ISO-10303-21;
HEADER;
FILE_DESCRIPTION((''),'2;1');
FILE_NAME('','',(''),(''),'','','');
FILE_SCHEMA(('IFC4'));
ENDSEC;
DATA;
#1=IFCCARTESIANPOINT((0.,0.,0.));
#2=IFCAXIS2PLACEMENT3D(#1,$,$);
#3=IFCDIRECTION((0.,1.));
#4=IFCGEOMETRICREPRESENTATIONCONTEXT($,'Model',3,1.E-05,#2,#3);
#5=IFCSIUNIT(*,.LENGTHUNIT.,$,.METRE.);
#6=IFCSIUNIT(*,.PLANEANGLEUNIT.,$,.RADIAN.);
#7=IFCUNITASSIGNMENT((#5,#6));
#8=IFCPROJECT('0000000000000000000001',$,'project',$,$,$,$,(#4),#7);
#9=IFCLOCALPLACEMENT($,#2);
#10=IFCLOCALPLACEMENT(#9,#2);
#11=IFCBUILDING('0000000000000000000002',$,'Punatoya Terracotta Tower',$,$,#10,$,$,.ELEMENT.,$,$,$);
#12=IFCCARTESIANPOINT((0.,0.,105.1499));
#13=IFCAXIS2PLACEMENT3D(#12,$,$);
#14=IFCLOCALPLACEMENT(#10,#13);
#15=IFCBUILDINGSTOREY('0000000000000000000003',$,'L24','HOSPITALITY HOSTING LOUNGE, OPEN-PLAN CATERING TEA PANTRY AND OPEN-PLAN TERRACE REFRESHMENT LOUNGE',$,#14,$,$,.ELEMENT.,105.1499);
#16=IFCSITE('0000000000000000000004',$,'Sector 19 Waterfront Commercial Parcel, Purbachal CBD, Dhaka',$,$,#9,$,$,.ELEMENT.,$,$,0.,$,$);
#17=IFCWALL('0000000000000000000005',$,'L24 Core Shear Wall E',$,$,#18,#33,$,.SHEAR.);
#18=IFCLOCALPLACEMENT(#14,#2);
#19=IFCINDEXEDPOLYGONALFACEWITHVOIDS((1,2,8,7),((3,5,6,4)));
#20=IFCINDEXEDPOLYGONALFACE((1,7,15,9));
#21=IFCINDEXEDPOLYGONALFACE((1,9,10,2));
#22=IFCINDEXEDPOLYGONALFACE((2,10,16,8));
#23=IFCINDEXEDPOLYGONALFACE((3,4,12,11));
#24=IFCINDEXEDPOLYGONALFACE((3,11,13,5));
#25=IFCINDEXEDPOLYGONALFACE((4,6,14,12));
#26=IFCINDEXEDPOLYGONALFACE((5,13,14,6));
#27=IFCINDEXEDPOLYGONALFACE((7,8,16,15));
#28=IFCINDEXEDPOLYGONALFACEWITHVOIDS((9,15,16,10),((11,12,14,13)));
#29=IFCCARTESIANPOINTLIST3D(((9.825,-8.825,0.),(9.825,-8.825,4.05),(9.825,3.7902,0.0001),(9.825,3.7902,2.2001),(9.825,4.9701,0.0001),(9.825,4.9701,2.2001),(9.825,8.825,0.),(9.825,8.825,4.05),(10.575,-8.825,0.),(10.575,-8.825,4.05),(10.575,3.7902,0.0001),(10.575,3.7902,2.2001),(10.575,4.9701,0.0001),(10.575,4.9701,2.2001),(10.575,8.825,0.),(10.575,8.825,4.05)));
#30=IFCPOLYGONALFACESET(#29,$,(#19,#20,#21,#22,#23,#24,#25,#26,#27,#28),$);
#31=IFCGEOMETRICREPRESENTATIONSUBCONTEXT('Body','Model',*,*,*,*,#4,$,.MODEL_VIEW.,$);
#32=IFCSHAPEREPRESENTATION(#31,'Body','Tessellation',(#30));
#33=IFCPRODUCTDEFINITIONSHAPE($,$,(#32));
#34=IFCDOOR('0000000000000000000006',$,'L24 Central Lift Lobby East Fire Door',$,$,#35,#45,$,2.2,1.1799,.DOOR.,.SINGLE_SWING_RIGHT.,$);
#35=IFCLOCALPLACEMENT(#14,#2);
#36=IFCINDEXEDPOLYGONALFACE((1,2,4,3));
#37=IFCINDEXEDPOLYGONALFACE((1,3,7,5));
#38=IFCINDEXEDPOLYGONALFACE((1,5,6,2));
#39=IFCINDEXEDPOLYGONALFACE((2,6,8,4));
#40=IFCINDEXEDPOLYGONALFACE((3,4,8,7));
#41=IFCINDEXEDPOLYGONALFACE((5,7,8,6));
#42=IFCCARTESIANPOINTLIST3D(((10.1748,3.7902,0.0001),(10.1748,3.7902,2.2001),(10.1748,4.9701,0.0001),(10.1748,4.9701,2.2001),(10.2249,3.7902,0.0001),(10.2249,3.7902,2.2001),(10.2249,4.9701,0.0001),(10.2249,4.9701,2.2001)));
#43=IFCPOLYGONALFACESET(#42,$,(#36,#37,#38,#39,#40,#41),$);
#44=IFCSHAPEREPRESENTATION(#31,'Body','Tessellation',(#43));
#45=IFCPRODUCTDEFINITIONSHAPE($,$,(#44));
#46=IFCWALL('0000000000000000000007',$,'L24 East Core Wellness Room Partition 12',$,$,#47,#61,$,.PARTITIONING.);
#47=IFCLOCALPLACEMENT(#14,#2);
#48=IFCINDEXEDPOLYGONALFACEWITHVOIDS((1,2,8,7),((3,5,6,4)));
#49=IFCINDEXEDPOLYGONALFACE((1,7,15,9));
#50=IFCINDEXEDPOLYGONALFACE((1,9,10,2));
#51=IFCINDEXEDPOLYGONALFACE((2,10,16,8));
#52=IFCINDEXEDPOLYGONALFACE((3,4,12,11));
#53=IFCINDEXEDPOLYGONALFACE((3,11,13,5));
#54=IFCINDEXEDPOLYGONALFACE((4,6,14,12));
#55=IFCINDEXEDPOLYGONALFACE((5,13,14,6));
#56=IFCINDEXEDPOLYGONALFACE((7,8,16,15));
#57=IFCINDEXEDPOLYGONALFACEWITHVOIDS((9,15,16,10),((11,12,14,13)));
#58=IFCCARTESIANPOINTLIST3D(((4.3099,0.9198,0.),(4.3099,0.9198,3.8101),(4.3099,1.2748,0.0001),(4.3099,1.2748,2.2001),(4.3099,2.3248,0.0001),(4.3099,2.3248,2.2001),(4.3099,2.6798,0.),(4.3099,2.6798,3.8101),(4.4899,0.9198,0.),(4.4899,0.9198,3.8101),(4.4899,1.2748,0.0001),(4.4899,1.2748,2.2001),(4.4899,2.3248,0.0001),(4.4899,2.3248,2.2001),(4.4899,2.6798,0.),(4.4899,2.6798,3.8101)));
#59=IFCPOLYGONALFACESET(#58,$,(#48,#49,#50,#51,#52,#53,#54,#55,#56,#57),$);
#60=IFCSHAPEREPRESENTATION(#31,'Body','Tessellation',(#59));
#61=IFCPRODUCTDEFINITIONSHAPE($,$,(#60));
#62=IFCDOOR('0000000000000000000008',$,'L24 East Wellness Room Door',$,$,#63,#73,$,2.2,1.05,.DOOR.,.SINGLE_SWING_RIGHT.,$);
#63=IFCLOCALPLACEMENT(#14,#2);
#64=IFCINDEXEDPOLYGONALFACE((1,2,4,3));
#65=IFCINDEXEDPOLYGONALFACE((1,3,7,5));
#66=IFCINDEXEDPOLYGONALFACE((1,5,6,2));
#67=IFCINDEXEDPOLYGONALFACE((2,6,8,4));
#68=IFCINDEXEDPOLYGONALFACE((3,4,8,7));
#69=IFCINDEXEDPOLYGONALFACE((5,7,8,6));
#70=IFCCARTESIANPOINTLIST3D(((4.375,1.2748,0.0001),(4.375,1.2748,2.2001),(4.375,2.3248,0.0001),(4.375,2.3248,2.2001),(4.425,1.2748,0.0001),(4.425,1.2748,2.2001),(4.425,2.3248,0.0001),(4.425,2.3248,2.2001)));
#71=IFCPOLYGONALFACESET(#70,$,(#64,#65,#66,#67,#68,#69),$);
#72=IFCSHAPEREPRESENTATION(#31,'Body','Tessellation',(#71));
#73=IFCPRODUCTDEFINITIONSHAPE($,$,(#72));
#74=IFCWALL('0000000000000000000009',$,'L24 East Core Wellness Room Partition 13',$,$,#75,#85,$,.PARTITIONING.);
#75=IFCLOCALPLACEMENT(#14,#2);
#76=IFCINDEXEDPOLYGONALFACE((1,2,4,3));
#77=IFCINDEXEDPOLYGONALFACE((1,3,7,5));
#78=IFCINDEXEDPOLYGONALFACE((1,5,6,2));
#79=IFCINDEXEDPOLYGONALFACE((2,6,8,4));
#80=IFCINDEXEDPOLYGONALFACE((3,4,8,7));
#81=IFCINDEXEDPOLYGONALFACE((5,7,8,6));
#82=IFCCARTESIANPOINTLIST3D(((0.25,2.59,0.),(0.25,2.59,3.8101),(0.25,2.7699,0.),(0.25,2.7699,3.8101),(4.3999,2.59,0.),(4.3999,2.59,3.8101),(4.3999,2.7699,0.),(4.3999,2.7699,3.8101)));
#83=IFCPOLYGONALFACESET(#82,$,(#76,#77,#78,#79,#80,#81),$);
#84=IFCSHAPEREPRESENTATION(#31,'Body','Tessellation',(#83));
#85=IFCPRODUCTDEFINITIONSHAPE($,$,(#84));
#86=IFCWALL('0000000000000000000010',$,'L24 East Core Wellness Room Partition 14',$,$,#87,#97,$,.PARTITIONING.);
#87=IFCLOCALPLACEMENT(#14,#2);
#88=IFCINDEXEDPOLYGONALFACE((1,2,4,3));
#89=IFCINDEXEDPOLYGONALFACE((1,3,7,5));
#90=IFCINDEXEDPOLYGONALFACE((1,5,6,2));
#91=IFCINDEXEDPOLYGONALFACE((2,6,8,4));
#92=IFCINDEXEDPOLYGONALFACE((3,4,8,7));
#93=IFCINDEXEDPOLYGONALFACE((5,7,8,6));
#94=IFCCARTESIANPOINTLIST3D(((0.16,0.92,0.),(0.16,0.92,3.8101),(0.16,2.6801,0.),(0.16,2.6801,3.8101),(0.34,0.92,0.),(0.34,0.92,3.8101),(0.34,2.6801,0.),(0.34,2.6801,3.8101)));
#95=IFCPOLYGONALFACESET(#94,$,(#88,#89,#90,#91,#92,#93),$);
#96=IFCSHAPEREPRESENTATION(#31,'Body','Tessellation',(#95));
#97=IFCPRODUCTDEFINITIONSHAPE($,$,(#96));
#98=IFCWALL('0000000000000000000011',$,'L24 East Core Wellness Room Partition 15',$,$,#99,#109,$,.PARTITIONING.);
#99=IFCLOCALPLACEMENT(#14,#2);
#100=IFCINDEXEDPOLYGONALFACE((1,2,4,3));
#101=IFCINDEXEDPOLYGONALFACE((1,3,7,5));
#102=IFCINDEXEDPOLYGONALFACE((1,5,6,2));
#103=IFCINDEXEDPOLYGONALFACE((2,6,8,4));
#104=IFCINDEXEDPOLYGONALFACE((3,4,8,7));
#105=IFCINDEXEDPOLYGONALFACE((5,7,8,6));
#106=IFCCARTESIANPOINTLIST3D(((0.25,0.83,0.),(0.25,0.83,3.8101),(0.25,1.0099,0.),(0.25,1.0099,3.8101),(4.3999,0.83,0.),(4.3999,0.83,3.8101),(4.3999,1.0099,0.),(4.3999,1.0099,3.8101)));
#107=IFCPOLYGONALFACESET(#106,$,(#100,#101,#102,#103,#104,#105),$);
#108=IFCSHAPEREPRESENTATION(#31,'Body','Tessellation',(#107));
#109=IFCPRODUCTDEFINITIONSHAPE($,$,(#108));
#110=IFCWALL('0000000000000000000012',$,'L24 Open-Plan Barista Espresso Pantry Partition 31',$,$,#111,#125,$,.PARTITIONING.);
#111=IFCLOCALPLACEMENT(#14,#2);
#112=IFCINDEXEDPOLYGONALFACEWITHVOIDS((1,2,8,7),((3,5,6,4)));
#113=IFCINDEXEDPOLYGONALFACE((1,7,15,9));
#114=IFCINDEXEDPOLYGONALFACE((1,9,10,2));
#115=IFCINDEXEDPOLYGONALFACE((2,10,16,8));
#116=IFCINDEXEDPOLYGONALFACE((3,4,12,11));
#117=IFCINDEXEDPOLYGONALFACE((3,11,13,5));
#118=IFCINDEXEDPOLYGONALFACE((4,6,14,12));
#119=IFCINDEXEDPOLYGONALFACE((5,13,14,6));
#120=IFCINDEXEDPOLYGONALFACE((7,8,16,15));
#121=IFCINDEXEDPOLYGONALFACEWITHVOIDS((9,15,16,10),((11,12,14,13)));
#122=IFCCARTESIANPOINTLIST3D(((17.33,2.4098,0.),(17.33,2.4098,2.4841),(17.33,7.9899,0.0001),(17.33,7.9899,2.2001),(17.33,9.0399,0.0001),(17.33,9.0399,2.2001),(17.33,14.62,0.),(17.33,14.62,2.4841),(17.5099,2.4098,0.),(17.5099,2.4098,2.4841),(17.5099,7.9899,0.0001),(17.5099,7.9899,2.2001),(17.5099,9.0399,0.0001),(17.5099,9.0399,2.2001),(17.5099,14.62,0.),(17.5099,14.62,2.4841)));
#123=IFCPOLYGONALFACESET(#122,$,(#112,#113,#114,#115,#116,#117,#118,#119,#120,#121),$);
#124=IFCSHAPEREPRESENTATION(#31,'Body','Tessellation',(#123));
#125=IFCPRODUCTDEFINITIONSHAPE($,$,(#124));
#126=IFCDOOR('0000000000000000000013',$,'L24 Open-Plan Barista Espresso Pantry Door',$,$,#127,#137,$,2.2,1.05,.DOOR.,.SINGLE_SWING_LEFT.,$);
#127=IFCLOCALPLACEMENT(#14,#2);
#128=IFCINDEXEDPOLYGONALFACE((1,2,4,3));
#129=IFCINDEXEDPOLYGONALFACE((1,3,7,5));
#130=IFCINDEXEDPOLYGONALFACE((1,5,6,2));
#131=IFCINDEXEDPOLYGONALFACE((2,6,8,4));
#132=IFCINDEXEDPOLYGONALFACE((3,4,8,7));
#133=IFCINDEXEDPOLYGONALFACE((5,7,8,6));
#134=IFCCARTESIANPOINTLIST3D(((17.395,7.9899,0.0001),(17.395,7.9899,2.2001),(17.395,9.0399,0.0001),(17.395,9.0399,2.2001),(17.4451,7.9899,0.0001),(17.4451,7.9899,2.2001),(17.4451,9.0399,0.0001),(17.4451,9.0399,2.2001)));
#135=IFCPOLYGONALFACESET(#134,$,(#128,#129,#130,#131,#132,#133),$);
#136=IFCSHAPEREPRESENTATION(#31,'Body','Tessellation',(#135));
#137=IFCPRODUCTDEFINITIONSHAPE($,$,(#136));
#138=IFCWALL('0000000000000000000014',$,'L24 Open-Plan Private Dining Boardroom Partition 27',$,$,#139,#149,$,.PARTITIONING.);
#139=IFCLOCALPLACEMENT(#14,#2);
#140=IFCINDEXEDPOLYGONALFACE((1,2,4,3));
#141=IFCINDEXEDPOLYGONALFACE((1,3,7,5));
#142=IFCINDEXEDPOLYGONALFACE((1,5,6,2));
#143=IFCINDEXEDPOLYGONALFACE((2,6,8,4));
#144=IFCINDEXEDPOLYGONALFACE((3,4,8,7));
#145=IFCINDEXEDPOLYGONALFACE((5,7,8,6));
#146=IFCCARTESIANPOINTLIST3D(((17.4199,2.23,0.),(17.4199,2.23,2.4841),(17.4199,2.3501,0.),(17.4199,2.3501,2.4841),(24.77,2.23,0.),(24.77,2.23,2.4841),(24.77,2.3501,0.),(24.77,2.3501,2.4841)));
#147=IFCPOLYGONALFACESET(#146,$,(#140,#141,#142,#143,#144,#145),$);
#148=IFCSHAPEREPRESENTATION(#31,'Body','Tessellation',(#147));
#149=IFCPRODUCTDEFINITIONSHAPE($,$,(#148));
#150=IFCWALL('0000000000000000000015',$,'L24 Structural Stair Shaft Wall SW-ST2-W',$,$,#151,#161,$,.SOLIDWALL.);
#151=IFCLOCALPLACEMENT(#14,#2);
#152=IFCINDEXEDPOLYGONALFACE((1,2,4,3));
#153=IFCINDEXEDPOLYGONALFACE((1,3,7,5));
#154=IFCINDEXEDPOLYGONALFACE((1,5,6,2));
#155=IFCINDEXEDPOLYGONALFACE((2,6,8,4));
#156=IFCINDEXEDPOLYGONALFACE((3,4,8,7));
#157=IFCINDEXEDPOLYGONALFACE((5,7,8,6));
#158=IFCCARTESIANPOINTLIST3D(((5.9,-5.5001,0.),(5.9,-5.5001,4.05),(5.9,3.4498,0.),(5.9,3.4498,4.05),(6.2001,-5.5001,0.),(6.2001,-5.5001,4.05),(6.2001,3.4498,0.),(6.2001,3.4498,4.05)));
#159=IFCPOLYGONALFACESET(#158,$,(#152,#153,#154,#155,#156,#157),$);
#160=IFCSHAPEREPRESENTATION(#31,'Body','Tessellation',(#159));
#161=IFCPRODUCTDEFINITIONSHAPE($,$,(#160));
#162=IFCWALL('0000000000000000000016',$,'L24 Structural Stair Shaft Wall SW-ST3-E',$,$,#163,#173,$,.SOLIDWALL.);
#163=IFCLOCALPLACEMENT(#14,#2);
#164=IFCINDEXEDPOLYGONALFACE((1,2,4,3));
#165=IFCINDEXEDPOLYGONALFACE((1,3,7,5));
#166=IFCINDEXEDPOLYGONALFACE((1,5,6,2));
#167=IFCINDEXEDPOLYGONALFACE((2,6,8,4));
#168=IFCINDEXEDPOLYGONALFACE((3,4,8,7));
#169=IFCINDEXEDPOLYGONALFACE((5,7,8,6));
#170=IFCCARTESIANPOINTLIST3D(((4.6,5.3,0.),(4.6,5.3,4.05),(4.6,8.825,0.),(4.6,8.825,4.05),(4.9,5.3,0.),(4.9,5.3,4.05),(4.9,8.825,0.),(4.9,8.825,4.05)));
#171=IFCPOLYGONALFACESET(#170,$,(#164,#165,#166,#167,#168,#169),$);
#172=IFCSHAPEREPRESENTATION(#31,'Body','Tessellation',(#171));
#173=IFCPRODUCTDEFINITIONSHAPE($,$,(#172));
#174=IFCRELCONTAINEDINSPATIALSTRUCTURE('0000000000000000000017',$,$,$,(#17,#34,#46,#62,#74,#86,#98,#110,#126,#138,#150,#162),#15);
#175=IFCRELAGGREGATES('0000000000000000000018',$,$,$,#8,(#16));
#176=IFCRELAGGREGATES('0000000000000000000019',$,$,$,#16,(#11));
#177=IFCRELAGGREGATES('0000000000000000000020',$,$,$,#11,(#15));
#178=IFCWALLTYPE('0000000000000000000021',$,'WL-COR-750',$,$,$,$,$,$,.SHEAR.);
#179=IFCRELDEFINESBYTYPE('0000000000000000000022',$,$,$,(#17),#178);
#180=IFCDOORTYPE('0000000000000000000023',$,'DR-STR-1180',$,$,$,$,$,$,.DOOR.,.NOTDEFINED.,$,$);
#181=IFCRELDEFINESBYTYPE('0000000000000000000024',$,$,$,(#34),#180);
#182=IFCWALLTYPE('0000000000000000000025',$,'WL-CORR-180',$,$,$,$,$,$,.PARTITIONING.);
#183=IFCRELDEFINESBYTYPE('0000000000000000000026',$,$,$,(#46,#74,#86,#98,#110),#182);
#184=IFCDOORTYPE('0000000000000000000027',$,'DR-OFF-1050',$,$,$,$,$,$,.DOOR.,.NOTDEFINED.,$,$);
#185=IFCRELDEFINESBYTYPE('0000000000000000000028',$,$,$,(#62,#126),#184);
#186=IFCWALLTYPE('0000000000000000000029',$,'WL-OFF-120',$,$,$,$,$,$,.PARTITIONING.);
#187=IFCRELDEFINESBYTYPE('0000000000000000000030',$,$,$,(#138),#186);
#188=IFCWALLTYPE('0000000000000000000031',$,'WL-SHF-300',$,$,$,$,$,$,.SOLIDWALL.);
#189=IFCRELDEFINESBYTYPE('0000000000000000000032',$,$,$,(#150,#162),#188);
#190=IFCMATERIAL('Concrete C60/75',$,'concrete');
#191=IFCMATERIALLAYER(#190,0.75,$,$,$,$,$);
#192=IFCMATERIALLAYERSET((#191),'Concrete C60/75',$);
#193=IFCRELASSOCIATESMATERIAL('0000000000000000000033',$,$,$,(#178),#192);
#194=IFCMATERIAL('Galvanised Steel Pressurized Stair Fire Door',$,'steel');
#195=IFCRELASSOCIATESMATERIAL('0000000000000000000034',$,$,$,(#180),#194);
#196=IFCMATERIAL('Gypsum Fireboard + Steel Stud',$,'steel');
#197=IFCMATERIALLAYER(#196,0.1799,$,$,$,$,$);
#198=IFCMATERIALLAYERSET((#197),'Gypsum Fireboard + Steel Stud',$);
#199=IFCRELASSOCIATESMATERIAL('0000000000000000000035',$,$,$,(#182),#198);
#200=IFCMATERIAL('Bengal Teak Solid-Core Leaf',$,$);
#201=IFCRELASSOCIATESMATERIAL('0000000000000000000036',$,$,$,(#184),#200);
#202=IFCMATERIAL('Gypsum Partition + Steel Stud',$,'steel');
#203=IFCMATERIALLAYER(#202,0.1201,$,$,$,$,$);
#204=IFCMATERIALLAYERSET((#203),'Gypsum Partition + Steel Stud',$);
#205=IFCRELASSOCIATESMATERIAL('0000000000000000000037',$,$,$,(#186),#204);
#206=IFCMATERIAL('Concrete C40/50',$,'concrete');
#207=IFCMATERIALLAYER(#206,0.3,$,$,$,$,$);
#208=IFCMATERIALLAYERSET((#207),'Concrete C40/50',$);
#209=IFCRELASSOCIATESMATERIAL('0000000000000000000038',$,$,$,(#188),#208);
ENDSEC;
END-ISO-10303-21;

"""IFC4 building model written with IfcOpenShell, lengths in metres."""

from ifc_helpers import new_model, si_unit, direction, frame, frame_2d, origin, place, context, subcontext, project, spatial, rectangle, extrude, material, layer, layer_set, type_object, element, fill, save


model = new_model("IFC4")

# Units and contexts
model_context = context("Model", 3, precision=1e-05, world=origin(), true_north=direction((0.0, 1.0)))
body_context = subcontext(model_context, "Body", "Model", "MODEL_VIEW")
ifc_project = project(units=[si_unit("LENGTHUNIT", "METRE"), si_unit("PLANEANGLEUNIT", "RADIAN")], contexts=[model_context])

# Site, building, storey
site_placement = place(None, origin())
site = spatial("IfcSite", under=ifc_project, at=site_placement, Name="Sector 19 Waterfront Commercial Parcel, Purbachal CBD, Dhaka", CompositionType="ELEMENT", RefElevation=0.0)
building_placement = place(site_placement, origin())
building = spatial("IfcBuilding", under=site, at=building_placement, Name="Punatoya Terracotta Tower", CompositionType="ELEMENT")
storey_placement = place(building_placement, frame((0.0, 0.0, 105.1499)))
storey = spatial("IfcBuildingStorey", under=building, at=storey_placement, Name="L24", Description="HOSPITALITY HOSTING LOUNGE, OPEN-PLAN CATERING TEA PANTRY AND OPEN-PLAN TERRACE REFRESHMENT LOUNGE", CompositionType="ELEMENT", Elevation=105.1499)

# Walls, openings, doors
ifc_material_1 = material(Name="Concrete C60/75", Category="concrete")
ifc_layer_1 = layer(ifc_material_1, 0.75)
ifc_layer_set_1 = layer_set([ifc_layer_1], Name="Concrete C60/75")
wall_type_1 = type_object("IfcWallType", Name="WL-COR-750", PredefinedType="SHEAR", material=ifc_layer_set_1)
wall_1_placement = place(storey_placement, frame((10.2, 8.825, 0.0), z_axis=(0.0, 0.0, 1.0), x_axis=(0.0, -1.0, 0.0)))
wall_1 = element("IfcWall", 1, at=wall_1_placement, inside=storey, type_object=wall_type_1, Name="L24 Core Shear Wall E", PredefinedType="SHEAR", context=body_context, shape_type="SweptSolid", body=[
    extrude(rectangle(XDim=17.6499, YDim=0.75, at=frame_2d((8.825, 0.0))), origin(), (0.0, 0.0, 1.0), 4.05),
])
opening_1_placement = place(wall_1_placement, frame((3.855, 0.0, 0.0)))
opening_1 = element("IfcOpeningElement", 2, at=opening_1_placement, cuts=wall_1, PredefinedType="OPENING", context=body_context, shape_type="SweptSolid", body=[
    extrude(rectangle(XDim=1.1799, YDim=2.2, at=frame_2d((0.5898, 1.1001))), frame((0.0, 0.385, 0.0), z_axis=(0.0, -1.0, 0.0), x_axis=(1.0, 0.0, 0.0)), (0.0, 0.0, 1.0), 0.77),
])
ifc_material_2 = material(Name="Galvanised Steel Pressurized Stair Fire Door", Category="steel")
door_type_1 = type_object("IfcDoorType", Name="DR-STR-1180", OperationType="NOTDEFINED", PredefinedType="DOOR", material=ifc_material_2)
door_1_placement = place(opening_1_placement, origin())
door_1 = element("IfcDoor", 3, at=door_1_placement, inside=storey, type_object=door_type_1, Name="L24 Central Lift Lobby East Fire Door", OperationType="SINGLE_SWING_RIGHT", OverallHeight=2.2, OverallWidth=1.1799, PredefinedType="DOOR", context=body_context, shape_type="SweptSolid", body=[
    extrude(rectangle(XDim=1.1799, YDim=2.2, at=frame_2d((0.5898, 1.1001))), frame((0.0, 0.0249, 0.0), z_axis=(0.0, -1.0, 0.0), x_axis=(1.0, 0.0, 0.0)), (0.0, 0.0, 1.0), 0.05),
])
fill(opening_1, door_1)
ifc_material_3 = material(Name="Gypsum Fireboard + Steel Stud", Category="steel")
ifc_layer_2 = layer(ifc_material_3, 0.1799)
ifc_layer_set_2 = layer_set([ifc_layer_2], Name="Gypsum Fireboard + Steel Stud")
wall_type_2 = type_object("IfcWallType", Name="WL-CORR-180", PredefinedType="PARTITIONING", material=ifc_layer_set_2)
wall_2_placement = place(storey_placement, frame((4.3999, 0.9199, 0.0), z_axis=(0.0, 0.0, 1.0), x_axis=(0.0, 1.0, 0.0)))
wall_2 = element("IfcWall", 4, at=wall_2_placement, inside=storey, type_object=wall_type_2, Name="L24 East Core Wellness Room Partition 12", PredefinedType="PARTITIONING", context=body_context, shape_type="SweptSolid", body=[
    extrude(rectangle(XDim=1.76, YDim=0.1799, at=frame_2d((0.8799, 0.0))), origin(), (0.0, 0.0, 1.0), 3.8101),
])
opening_2_placement = place(wall_2_placement, frame((0.355, 0.0, 0.0)))
opening_2 = element("IfcOpeningElement", 5, at=opening_2_placement, cuts=wall_2, PredefinedType="OPENING", context=body_context, shape_type="SweptSolid", body=[
    extrude(rectangle(XDim=1.05, YDim=2.2, at=frame_2d((0.5249, 1.1001))), frame((0.0, 0.0999, 0.0), z_axis=(0.0, -1.0, 0.0), x_axis=(1.0, 0.0, 0.0)), (0.0, 0.0, 1.0), 0.2),
])
ifc_material_4 = material(Name="Bengal Teak Solid-Core Leaf")
door_type_2 = type_object("IfcDoorType", Name="DR-OFF-1050", OperationType="NOTDEFINED", PredefinedType="DOOR", material=ifc_material_4)
door_2_placement = place(opening_2_placement, origin())
door_2 = element("IfcDoor", 6, at=door_2_placement, inside=storey, type_object=door_type_2, Name="L24 East Wellness Room Door", OperationType="SINGLE_SWING_RIGHT", OverallHeight=2.2, OverallWidth=1.05, PredefinedType="DOOR", context=body_context, shape_type="SweptSolid", body=[
    extrude(rectangle(XDim=1.05, YDim=2.2, at=frame_2d((0.5249, 1.1001))), frame((0.0, 0.0249, 0.0), z_axis=(0.0, -1.0, 0.0), x_axis=(1.0, 0.0, 0.0)), (0.0, 0.0, 1.0), 0.05),
])
fill(opening_2, door_2)

# Walls
wall_3_placement = place(storey_placement, frame((4.3999, 2.6799, 0.0), z_axis=(0.0, 0.0, 1.0), x_axis=(-1.0, 0.0, 0.0)))
element("IfcWall", 7, at=wall_3_placement, inside=storey, type_object=wall_type_2, Name="L24 East Core Wellness Room Partition 13", PredefinedType="PARTITIONING", context=body_context, shape_type="SweptSolid", body=[
    extrude(rectangle(XDim=4.1499, YDim=0.1799, at=frame_2d((2.075, 0.0))), origin(), (0.0, 0.0, 1.0), 3.8101),
])
wall_4_placement = place(storey_placement, frame((0.25, 2.6799, 0.0), z_axis=(0.0, 0.0, 1.0), x_axis=(0.0, -1.0, 0.0)))
element("IfcWall", 8, at=wall_4_placement, inside=storey, type_object=wall_type_2, Name="L24 East Core Wellness Room Partition 14", PredefinedType="PARTITIONING", context=body_context, shape_type="SweptSolid", body=[
    extrude(rectangle(XDim=1.76, YDim=0.1799, at=frame_2d((0.8799, 0.0))), origin(), (0.0, 0.0, 1.0), 3.8101),
])
wall_5_placement = place(storey_placement, frame((0.25, 0.9199, 0.0), z_axis=(0.0, 0.0, 1.0), x_axis=(1.0, 0.0, 0.0)))
element("IfcWall", 9, at=wall_5_placement, inside=storey, type_object=wall_type_2, Name="L24 East Core Wellness Room Partition 15", PredefinedType="PARTITIONING", context=body_context, shape_type="SweptSolid", body=[
    extrude(rectangle(XDim=4.1499, YDim=0.1799, at=frame_2d((2.075, 0.0))), origin(), (0.0, 0.0, 1.0), 3.8101),
])

# Wall, opening, door
wall_6_placement = place(storey_placement, frame((17.4199, 2.4099, 0.0), z_axis=(0.0, 0.0, 1.0), x_axis=(0.0, 1.0, 0.0)))
wall_6 = element("IfcWall", 10, at=wall_6_placement, inside=storey, type_object=wall_type_2, Name="L24 Open-Plan Barista Espresso Pantry Partition 31", PredefinedType="PARTITIONING", context=body_context, shape_type="SweptSolid", body=[
    extrude(rectangle(XDim=12.2102, YDim=0.1799, at=frame_2d((6.105, 0.0))), origin(), (0.0, 0.0, 1.0), 2.4841),
])
opening_3_placement = place(wall_6_placement, frame((5.5801, 0.0, 0.0)))
opening_3 = element("IfcOpeningElement", 11, at=opening_3_placement, cuts=wall_6, PredefinedType="OPENING", context=body_context, shape_type="SweptSolid", body=[
    extrude(rectangle(XDim=1.05, YDim=2.2, at=frame_2d((0.5249, 1.1001))), frame((0.0, 0.0999, 0.0), z_axis=(0.0, -1.0, 0.0), x_axis=(1.0, 0.0, 0.0)), (0.0, 0.0, 1.0), 0.2),
])
door_3_placement = place(opening_3_placement, origin())
door_3 = element("IfcDoor", 12, at=door_3_placement, inside=storey, type_object=door_type_2, Name="L24 Open-Plan Barista Espresso Pantry Door", OperationType="SINGLE_SWING_LEFT", OverallHeight=2.2, OverallWidth=1.05, PredefinedType="DOOR", context=body_context, shape_type="SweptSolid", body=[
    extrude(rectangle(XDim=1.05, YDim=2.2, at=frame_2d((0.5249, 1.1001))), frame((0.0, 0.0249, 0.0), z_axis=(0.0, -1.0, 0.0), x_axis=(1.0, 0.0, 0.0)), (0.0, 0.0, 1.0), 0.05),
])
fill(opening_3, door_3)

# Walls
ifc_material_5 = material(Name="Gypsum Partition + Steel Stud", Category="steel")
ifc_layer_3 = layer(ifc_material_5, 0.1201)
ifc_layer_set_3 = layer_set([ifc_layer_3], Name="Gypsum Partition + Steel Stud")
wall_type_3 = type_object("IfcWallType", Name="WL-OFF-120", PredefinedType="PARTITIONING", material=ifc_layer_set_3)
wall_7_placement = place(storey_placement, frame((17.4199, 2.29, 0.0), z_axis=(0.0, 0.0, 1.0), x_axis=(1.0, 0.0, 0.0)))
element("IfcWall", 13, at=wall_7_placement, inside=storey, type_object=wall_type_3, Name="L24 Open-Plan Private Dining Boardroom Partition 27", PredefinedType="PARTITIONING", context=body_context, shape_type="SweptSolid", body=[
    extrude(rectangle(XDim=7.3501, YDim=0.1201, at=frame_2d((3.675, 0.0))), origin(), (0.0, 0.0, 1.0), 2.4841),
])
ifc_material_6 = material(Name="Concrete C40/50", Category="concrete")
ifc_layer_4 = layer(ifc_material_6, 0.3)
ifc_layer_set_4 = layer_set([ifc_layer_4], Name="Concrete C40/50")
wall_type_4 = type_object("IfcWallType", Name="WL-SHF-300", PredefinedType="SOLIDWALL", material=ifc_layer_set_4)
wall_8_placement = place(storey_placement, frame((6.05, 3.45, 0.0), z_axis=(0.0, 0.0, 1.0), x_axis=(0.0, -1.0, 0.0)))
element("IfcWall", 14, at=wall_8_placement, inside=storey, type_object=wall_type_4, Name="L24 Structural Stair Shaft Wall SW-ST2-W", PredefinedType="SOLIDWALL", context=body_context, shape_type="SweptSolid", body=[
    extrude(rectangle(XDim=8.95, YDim=0.3, at=frame_2d((4.4751, 0.0))), origin(), (0.0, 0.0, 1.0), 4.05),
])
wall_9_placement = place(storey_placement, frame((4.75, 8.825, 0.0), z_axis=(0.0, 0.0, 1.0), x_axis=(0.0, -1.0, 0.0)))
element("IfcWall", 15, at=wall_9_placement, inside=storey, type_object=wall_type_4, Name="L24 Structural Stair Shaft Wall SW-ST3-E", PredefinedType="SOLIDWALL", context=body_context, shape_type="SweptSolid", body=[
    extrude(rectangle(XDim=3.5249, YDim=0.3, at=frame_2d((1.7625, 0.0))), origin(), (0.0, 0.0, 1.0), 4.05),
])

save(model, "model.ifc")
